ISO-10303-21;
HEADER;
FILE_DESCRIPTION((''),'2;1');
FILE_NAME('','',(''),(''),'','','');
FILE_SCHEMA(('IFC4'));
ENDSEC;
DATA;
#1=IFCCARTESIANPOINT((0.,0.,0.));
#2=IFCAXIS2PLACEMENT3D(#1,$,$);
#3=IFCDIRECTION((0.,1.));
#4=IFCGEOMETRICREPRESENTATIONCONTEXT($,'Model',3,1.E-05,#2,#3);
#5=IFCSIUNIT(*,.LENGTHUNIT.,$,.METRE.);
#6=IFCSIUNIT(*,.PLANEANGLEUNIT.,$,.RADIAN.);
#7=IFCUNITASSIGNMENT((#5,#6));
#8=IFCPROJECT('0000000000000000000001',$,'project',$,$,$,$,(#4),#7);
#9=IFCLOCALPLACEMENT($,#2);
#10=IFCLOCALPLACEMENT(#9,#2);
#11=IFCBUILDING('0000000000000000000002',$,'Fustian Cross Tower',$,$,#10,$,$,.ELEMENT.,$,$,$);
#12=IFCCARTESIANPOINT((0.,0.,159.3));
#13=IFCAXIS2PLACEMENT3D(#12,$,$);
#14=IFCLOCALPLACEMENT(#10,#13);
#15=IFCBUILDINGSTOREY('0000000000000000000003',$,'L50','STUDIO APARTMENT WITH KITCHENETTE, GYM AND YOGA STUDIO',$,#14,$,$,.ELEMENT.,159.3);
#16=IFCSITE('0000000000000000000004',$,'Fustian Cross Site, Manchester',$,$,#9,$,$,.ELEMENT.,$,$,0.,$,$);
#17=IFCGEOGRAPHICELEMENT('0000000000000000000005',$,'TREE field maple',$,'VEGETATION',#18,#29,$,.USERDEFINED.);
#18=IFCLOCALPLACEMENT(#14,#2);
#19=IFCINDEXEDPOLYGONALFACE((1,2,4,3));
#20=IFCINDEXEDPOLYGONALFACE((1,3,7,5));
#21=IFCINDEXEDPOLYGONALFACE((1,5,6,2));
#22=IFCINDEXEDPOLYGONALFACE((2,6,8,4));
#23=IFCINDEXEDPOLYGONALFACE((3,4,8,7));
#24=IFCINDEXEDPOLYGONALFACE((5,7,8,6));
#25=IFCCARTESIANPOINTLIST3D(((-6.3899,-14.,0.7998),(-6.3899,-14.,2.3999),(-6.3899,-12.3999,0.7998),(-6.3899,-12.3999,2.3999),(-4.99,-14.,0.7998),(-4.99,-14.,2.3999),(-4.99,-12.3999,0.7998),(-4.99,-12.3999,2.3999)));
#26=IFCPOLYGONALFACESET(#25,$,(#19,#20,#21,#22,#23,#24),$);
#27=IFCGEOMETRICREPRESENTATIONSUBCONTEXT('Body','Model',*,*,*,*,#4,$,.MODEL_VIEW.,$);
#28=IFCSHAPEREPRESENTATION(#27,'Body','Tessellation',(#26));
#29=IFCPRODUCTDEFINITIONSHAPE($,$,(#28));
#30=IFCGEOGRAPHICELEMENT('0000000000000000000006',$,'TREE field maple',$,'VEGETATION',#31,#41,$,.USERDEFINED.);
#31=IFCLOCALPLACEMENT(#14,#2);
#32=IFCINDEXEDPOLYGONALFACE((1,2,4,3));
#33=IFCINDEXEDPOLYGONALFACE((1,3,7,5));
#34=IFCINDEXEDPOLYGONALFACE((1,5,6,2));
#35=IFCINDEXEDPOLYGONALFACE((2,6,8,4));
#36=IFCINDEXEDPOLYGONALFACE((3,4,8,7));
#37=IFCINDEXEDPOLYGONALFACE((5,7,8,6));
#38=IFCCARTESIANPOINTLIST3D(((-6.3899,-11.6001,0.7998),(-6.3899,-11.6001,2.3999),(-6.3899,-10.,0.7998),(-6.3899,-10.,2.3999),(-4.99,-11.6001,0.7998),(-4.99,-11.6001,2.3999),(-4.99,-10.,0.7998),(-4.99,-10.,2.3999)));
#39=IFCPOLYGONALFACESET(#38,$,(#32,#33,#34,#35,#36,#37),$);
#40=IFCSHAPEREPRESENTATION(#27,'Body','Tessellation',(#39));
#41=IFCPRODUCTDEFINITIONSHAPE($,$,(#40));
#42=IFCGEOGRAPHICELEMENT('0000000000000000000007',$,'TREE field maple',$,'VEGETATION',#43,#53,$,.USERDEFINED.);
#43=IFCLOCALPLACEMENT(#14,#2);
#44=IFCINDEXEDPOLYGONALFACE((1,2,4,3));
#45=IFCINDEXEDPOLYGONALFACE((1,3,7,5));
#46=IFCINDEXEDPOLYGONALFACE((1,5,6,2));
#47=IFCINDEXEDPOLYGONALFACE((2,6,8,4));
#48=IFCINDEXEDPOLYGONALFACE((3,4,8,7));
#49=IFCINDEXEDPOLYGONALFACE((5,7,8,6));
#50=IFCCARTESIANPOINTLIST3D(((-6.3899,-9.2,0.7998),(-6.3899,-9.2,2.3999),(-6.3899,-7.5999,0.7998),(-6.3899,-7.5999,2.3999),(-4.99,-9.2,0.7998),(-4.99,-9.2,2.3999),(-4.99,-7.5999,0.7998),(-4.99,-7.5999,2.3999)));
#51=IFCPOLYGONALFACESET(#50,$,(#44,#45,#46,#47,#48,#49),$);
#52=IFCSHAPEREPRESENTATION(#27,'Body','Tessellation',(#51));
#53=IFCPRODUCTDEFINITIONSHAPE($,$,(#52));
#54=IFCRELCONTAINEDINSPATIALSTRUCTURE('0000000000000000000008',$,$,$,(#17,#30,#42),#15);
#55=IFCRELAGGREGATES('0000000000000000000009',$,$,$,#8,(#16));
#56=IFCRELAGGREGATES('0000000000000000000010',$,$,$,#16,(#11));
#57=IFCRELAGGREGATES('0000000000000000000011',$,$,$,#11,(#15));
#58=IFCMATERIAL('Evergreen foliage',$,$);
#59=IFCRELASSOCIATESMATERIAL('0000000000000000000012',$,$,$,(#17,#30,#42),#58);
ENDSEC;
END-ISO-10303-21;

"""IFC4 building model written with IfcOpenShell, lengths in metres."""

from ifc_helpers import new_model, si_unit, direction, frame, origin, origin_2d, place, context, subcontext, project, spatial, rectangle, extrude, material, element, save


model = new_model("IFC4")

# Units and contexts
model_context = context("Model", 3, precision=1e-05, world=origin(), true_north=direction((0.0, 1.0)))
body_context = subcontext(model_context, "Body", "Model", "MODEL_VIEW")
ifc_project = project(units=[si_unit("LENGTHUNIT", "METRE"), si_unit("PLANEANGLEUNIT", "RADIAN")], contexts=[model_context])

# Site, building, storey
site_placement = place(None, origin())
site = spatial("IfcSite", under=ifc_project, at=site_placement, Name="Fustian Cross Site, Manchester", CompositionType="ELEMENT", RefElevation=0.0)
building_placement = place(site_placement, origin())
building = spatial("IfcBuilding", under=site, at=building_placement, Name="Fustian Cross Tower", CompositionType="ELEMENT")
storey_placement = place(building_placement, frame((0.0, 0.0, 159.3)))
storey = spatial("IfcBuildingStorey", under=building, at=storey_placement, Name="L50", Description="STUDIO APARTMENT WITH KITCHENETTE, GYM AND YOGA STUDIO", CompositionType="ELEMENT", Elevation=159.3)

# Geographic elements
ifc_material_1 = material(Name="Evergreen foliage")
for number, where, z_axis, x_axis, name in (
    (1, (-5.6899, -13.2, 0.7998), (0.0, 0.0, 1.0), (1.0, 0.0, 0.0), "TREE field maple"),
    (2, (-5.6899, -10.8, 0.7998), (0.0, 0.0, 1.0), (1.0, 0.0, 0.0), "TREE field maple"),
    (3, (-5.6899, -8.3999, 0.7998), (0.0, 0.0, 1.0), (1.0, 0.0, 0.0), "TREE field maple"),
):
    element("IfcGeographicElement", number, at=place(storey_placement, frame(where, z_axis=z_axis, x_axis=x_axis)), inside=storey, material=ifc_material_1, Name=name, ObjectType="VEGETATION", PredefinedType="USERDEFINED", context=body_context, shape_type="SweptSolid", body=[
        extrude(rectangle(XDim=1.3999, YDim=1.6001, at=origin_2d()), origin(), (0.0, 0.0, 1.0), 1.6001),
    ])

save(model, "model.ifc")
